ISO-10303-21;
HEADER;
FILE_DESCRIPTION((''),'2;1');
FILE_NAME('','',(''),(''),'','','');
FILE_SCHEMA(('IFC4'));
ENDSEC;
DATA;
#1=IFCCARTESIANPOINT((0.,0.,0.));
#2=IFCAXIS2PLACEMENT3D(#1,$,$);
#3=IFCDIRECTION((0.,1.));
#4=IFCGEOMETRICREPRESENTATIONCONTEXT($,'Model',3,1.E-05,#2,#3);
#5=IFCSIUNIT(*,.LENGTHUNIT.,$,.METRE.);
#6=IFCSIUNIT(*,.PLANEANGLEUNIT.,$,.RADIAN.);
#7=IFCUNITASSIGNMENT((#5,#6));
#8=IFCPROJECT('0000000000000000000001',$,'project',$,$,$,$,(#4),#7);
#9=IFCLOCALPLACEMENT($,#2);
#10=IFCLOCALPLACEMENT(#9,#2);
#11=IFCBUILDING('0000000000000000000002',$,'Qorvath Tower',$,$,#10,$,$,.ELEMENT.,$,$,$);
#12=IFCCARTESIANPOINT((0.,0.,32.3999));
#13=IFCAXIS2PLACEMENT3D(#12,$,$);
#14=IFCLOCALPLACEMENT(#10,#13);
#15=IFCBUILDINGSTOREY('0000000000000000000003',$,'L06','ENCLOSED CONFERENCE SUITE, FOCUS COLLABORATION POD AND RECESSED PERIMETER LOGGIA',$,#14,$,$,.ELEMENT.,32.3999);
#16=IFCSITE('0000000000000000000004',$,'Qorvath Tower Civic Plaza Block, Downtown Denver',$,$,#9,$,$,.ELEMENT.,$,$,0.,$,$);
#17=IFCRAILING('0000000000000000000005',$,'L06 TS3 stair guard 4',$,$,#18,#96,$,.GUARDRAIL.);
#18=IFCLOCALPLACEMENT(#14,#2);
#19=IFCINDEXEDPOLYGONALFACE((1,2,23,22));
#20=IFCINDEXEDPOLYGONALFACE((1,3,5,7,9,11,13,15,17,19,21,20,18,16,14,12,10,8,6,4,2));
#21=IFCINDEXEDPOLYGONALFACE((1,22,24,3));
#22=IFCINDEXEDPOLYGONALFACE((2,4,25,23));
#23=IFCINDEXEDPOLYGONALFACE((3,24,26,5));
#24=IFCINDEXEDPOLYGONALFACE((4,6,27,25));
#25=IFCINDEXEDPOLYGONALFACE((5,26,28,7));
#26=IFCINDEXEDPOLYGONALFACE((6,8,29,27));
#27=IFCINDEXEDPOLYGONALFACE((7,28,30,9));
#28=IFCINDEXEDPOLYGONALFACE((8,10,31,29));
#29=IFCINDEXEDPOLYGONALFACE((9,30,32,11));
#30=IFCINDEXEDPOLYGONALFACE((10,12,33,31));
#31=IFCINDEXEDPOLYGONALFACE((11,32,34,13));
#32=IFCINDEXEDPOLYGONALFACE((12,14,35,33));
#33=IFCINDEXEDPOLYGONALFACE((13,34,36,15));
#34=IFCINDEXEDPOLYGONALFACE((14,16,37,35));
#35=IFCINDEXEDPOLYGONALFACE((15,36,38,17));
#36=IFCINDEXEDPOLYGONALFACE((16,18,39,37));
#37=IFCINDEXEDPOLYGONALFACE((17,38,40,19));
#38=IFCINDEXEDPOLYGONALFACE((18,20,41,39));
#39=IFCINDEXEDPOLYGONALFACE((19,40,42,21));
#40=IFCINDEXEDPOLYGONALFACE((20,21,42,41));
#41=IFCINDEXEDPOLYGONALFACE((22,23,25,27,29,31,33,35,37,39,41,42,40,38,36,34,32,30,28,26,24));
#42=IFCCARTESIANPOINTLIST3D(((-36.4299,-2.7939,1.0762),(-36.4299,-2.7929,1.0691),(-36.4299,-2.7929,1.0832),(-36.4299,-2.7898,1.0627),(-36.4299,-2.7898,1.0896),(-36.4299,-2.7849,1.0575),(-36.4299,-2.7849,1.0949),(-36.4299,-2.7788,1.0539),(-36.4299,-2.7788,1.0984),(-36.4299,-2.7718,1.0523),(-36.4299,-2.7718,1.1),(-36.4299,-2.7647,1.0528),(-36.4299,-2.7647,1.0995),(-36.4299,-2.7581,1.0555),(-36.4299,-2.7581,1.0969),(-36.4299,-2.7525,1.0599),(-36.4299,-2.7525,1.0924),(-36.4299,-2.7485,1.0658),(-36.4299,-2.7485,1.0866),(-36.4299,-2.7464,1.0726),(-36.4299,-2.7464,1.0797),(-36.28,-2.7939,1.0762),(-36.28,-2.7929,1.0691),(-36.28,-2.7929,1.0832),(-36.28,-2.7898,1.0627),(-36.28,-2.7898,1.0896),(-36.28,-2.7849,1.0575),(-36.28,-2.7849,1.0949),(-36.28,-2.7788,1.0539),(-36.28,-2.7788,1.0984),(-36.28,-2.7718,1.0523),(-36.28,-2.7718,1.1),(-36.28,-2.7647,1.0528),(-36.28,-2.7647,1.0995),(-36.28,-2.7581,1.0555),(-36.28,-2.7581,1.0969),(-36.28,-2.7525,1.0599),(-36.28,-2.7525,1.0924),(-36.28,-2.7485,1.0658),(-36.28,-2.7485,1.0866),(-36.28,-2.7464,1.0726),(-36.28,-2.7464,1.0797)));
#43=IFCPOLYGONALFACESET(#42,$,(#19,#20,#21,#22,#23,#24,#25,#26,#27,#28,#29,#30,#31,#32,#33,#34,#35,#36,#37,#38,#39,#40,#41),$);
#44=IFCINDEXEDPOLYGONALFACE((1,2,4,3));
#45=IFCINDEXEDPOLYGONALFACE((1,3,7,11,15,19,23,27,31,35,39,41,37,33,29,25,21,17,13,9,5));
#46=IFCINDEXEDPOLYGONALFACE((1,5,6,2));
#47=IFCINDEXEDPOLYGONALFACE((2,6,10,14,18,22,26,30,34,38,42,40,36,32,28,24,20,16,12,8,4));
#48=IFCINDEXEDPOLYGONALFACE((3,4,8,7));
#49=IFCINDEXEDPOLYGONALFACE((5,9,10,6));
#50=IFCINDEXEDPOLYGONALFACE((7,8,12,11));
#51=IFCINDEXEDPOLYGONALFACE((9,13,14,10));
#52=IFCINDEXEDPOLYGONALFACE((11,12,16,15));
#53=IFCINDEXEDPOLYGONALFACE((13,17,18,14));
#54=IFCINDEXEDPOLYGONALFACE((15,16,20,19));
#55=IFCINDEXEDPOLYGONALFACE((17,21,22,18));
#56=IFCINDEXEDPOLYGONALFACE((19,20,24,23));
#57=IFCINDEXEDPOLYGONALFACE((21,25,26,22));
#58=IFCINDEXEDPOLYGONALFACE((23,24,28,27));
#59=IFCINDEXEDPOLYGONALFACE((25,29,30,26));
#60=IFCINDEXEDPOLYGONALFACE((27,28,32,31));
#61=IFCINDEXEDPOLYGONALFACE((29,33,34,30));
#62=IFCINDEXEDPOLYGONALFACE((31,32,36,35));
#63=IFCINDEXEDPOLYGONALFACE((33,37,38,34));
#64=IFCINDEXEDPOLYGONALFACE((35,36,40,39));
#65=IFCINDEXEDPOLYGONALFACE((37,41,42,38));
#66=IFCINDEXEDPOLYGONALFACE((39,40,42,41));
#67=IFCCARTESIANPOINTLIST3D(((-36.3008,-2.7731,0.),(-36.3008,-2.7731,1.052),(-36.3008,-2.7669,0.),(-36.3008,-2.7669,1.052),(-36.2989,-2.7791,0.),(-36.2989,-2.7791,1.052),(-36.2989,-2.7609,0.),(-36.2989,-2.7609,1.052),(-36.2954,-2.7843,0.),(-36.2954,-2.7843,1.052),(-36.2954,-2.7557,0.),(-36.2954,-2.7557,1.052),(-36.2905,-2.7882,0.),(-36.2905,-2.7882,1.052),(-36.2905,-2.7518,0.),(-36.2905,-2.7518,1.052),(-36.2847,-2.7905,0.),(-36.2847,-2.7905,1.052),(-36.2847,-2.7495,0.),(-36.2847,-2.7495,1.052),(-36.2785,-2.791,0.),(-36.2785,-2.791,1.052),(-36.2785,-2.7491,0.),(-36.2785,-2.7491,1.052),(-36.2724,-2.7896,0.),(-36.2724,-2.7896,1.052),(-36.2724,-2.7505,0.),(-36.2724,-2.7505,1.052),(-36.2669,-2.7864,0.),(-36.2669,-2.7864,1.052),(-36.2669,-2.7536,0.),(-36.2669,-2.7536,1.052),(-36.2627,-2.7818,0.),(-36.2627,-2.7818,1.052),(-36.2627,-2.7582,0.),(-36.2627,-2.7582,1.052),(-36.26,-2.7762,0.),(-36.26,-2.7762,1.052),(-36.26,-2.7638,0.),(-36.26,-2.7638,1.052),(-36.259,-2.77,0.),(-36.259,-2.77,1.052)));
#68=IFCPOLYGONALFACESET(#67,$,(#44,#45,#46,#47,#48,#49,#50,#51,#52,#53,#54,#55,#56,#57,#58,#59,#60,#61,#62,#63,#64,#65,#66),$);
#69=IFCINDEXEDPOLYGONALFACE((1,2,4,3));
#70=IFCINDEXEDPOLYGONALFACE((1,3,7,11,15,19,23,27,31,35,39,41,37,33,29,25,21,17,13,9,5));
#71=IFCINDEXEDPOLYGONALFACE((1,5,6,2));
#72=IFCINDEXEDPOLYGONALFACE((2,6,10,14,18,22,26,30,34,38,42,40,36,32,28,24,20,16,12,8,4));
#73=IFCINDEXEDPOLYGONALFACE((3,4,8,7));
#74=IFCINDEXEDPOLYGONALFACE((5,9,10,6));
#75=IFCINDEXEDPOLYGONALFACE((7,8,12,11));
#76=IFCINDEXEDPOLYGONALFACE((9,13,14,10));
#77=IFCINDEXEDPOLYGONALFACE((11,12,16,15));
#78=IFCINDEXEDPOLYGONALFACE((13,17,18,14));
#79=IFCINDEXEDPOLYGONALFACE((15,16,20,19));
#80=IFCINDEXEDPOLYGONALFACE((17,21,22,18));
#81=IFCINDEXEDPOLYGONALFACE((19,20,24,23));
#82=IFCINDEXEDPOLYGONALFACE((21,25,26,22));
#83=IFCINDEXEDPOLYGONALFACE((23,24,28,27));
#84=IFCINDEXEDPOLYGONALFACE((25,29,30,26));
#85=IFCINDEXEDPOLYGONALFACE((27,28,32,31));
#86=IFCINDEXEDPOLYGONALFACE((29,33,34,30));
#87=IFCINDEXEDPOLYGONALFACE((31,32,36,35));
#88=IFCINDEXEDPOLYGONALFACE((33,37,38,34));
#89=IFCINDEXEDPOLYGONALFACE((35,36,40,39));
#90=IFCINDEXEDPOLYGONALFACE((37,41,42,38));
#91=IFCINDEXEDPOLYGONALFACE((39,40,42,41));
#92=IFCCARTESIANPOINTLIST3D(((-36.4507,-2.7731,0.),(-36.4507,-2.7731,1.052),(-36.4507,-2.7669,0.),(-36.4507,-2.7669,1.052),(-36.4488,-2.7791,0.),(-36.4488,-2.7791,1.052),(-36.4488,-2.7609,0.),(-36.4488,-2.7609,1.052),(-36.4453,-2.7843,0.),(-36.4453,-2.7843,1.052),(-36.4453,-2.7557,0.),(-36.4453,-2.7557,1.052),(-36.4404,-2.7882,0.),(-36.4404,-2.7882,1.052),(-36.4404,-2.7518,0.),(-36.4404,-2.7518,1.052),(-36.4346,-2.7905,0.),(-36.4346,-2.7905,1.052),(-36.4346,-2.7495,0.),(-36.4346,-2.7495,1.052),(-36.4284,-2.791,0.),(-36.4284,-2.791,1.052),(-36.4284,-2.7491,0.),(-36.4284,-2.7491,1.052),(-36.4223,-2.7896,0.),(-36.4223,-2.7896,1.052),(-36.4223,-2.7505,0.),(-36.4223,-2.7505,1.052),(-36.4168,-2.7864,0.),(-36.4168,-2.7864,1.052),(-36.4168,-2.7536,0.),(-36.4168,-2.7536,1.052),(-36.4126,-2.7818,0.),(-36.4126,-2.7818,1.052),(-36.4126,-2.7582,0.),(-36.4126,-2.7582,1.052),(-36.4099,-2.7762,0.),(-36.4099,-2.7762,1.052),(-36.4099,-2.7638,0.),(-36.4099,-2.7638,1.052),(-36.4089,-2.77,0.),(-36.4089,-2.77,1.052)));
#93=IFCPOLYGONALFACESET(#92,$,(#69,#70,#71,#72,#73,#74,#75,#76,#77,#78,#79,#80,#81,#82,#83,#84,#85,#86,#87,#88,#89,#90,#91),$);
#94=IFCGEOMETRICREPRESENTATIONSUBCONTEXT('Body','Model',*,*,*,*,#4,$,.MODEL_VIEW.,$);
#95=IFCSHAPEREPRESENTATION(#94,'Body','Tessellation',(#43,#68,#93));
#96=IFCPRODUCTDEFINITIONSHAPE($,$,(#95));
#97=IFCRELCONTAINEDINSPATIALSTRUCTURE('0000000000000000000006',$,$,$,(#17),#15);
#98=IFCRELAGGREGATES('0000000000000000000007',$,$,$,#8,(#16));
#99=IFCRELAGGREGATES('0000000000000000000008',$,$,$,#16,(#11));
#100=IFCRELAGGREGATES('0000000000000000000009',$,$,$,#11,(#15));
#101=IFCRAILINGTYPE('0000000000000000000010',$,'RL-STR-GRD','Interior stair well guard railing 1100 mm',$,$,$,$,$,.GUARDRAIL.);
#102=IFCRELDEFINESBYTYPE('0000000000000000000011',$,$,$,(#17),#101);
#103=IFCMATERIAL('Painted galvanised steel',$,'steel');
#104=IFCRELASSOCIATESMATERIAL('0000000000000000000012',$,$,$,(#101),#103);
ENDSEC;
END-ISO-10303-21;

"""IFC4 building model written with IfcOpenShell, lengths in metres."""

from ifc_helpers import new_model, si_unit, direction, frame, origin, origin_2d, place, context, subcontext, project, spatial, circle, extrude, material, type_object, element, save


model = new_model("IFC4")

# Units and contexts
model_context = context("Model", 3, precision=1e-05, world=origin(), true_north=direction((0.0, 1.0)))
body_context = subcontext(model_context, "Body", "Model", "MODEL_VIEW")
ifc_project = project(units=[si_unit("LENGTHUNIT", "METRE"), si_unit("PLANEANGLEUNIT", "RADIAN")], contexts=[model_context])

# Site, building, storey
site_placement = place(None, origin())
site = spatial("IfcSite", under=ifc_project, at=site_placement, Name="Qorvath Tower Civic Plaza Block, Downtown Denver", CompositionType="ELEMENT", RefElevation=0.0)
building_placement = place(site_placement, origin())
building = spatial("IfcBuilding", under=site, at=building_placement, Name="Qorvath Tower", CompositionType="ELEMENT")
storey_placement = place(building_placement, frame((0.0, 0.0, 32.3999)))
storey = spatial("IfcBuildingStorey", under=building, at=storey_placement, Name="L06", Description="ENCLOSED CONFERENCE SUITE, FOCUS COLLABORATION POD AND RECESSED PERIMETER LOGGIA", CompositionType="ELEMENT", Elevation=32.3999)

# Railing
ifc_material_1 = material(Name="Painted galvanised steel", Category="steel")
railing_type_1 = type_object("IfcRailingType", Name="RL-STR-GRD", Description="Interior stair well guard railing 1100 mm", PredefinedType="GUARDRAIL", material=ifc_material_1)
railing_1_placement = place(storey_placement, frame((-36.28, -2.77, 0.0)))
element("IfcRailing", 1, at=railing_1_placement, inside=storey, type_object=railing_type_1, Name="L06 TS3 stair guard 4", PredefinedType="GUARDRAIL", context=body_context, shape_type="SweptSolid", body=[
    extrude(circle(Radius=0.0239, at=origin_2d()), frame((0.0, 0.0, 1.0762), z_axis=(-1.0, 0.0, 0.0), x_axis=(0.0, -1.0, 0.0)), (0.0, 0.0, 1.0), 0.1499),
    extrude(circle(Radius=0.021, at=origin_2d()), origin(), (0.0, 0.0, 1.0), 1.052),
    extrude(circle(Radius=0.021, at=origin_2d()), frame((-0.1499, 0.0, 0.0)), (0.0, 0.0, 1.0), 1.052),
])

save(model, "model.ifc")
